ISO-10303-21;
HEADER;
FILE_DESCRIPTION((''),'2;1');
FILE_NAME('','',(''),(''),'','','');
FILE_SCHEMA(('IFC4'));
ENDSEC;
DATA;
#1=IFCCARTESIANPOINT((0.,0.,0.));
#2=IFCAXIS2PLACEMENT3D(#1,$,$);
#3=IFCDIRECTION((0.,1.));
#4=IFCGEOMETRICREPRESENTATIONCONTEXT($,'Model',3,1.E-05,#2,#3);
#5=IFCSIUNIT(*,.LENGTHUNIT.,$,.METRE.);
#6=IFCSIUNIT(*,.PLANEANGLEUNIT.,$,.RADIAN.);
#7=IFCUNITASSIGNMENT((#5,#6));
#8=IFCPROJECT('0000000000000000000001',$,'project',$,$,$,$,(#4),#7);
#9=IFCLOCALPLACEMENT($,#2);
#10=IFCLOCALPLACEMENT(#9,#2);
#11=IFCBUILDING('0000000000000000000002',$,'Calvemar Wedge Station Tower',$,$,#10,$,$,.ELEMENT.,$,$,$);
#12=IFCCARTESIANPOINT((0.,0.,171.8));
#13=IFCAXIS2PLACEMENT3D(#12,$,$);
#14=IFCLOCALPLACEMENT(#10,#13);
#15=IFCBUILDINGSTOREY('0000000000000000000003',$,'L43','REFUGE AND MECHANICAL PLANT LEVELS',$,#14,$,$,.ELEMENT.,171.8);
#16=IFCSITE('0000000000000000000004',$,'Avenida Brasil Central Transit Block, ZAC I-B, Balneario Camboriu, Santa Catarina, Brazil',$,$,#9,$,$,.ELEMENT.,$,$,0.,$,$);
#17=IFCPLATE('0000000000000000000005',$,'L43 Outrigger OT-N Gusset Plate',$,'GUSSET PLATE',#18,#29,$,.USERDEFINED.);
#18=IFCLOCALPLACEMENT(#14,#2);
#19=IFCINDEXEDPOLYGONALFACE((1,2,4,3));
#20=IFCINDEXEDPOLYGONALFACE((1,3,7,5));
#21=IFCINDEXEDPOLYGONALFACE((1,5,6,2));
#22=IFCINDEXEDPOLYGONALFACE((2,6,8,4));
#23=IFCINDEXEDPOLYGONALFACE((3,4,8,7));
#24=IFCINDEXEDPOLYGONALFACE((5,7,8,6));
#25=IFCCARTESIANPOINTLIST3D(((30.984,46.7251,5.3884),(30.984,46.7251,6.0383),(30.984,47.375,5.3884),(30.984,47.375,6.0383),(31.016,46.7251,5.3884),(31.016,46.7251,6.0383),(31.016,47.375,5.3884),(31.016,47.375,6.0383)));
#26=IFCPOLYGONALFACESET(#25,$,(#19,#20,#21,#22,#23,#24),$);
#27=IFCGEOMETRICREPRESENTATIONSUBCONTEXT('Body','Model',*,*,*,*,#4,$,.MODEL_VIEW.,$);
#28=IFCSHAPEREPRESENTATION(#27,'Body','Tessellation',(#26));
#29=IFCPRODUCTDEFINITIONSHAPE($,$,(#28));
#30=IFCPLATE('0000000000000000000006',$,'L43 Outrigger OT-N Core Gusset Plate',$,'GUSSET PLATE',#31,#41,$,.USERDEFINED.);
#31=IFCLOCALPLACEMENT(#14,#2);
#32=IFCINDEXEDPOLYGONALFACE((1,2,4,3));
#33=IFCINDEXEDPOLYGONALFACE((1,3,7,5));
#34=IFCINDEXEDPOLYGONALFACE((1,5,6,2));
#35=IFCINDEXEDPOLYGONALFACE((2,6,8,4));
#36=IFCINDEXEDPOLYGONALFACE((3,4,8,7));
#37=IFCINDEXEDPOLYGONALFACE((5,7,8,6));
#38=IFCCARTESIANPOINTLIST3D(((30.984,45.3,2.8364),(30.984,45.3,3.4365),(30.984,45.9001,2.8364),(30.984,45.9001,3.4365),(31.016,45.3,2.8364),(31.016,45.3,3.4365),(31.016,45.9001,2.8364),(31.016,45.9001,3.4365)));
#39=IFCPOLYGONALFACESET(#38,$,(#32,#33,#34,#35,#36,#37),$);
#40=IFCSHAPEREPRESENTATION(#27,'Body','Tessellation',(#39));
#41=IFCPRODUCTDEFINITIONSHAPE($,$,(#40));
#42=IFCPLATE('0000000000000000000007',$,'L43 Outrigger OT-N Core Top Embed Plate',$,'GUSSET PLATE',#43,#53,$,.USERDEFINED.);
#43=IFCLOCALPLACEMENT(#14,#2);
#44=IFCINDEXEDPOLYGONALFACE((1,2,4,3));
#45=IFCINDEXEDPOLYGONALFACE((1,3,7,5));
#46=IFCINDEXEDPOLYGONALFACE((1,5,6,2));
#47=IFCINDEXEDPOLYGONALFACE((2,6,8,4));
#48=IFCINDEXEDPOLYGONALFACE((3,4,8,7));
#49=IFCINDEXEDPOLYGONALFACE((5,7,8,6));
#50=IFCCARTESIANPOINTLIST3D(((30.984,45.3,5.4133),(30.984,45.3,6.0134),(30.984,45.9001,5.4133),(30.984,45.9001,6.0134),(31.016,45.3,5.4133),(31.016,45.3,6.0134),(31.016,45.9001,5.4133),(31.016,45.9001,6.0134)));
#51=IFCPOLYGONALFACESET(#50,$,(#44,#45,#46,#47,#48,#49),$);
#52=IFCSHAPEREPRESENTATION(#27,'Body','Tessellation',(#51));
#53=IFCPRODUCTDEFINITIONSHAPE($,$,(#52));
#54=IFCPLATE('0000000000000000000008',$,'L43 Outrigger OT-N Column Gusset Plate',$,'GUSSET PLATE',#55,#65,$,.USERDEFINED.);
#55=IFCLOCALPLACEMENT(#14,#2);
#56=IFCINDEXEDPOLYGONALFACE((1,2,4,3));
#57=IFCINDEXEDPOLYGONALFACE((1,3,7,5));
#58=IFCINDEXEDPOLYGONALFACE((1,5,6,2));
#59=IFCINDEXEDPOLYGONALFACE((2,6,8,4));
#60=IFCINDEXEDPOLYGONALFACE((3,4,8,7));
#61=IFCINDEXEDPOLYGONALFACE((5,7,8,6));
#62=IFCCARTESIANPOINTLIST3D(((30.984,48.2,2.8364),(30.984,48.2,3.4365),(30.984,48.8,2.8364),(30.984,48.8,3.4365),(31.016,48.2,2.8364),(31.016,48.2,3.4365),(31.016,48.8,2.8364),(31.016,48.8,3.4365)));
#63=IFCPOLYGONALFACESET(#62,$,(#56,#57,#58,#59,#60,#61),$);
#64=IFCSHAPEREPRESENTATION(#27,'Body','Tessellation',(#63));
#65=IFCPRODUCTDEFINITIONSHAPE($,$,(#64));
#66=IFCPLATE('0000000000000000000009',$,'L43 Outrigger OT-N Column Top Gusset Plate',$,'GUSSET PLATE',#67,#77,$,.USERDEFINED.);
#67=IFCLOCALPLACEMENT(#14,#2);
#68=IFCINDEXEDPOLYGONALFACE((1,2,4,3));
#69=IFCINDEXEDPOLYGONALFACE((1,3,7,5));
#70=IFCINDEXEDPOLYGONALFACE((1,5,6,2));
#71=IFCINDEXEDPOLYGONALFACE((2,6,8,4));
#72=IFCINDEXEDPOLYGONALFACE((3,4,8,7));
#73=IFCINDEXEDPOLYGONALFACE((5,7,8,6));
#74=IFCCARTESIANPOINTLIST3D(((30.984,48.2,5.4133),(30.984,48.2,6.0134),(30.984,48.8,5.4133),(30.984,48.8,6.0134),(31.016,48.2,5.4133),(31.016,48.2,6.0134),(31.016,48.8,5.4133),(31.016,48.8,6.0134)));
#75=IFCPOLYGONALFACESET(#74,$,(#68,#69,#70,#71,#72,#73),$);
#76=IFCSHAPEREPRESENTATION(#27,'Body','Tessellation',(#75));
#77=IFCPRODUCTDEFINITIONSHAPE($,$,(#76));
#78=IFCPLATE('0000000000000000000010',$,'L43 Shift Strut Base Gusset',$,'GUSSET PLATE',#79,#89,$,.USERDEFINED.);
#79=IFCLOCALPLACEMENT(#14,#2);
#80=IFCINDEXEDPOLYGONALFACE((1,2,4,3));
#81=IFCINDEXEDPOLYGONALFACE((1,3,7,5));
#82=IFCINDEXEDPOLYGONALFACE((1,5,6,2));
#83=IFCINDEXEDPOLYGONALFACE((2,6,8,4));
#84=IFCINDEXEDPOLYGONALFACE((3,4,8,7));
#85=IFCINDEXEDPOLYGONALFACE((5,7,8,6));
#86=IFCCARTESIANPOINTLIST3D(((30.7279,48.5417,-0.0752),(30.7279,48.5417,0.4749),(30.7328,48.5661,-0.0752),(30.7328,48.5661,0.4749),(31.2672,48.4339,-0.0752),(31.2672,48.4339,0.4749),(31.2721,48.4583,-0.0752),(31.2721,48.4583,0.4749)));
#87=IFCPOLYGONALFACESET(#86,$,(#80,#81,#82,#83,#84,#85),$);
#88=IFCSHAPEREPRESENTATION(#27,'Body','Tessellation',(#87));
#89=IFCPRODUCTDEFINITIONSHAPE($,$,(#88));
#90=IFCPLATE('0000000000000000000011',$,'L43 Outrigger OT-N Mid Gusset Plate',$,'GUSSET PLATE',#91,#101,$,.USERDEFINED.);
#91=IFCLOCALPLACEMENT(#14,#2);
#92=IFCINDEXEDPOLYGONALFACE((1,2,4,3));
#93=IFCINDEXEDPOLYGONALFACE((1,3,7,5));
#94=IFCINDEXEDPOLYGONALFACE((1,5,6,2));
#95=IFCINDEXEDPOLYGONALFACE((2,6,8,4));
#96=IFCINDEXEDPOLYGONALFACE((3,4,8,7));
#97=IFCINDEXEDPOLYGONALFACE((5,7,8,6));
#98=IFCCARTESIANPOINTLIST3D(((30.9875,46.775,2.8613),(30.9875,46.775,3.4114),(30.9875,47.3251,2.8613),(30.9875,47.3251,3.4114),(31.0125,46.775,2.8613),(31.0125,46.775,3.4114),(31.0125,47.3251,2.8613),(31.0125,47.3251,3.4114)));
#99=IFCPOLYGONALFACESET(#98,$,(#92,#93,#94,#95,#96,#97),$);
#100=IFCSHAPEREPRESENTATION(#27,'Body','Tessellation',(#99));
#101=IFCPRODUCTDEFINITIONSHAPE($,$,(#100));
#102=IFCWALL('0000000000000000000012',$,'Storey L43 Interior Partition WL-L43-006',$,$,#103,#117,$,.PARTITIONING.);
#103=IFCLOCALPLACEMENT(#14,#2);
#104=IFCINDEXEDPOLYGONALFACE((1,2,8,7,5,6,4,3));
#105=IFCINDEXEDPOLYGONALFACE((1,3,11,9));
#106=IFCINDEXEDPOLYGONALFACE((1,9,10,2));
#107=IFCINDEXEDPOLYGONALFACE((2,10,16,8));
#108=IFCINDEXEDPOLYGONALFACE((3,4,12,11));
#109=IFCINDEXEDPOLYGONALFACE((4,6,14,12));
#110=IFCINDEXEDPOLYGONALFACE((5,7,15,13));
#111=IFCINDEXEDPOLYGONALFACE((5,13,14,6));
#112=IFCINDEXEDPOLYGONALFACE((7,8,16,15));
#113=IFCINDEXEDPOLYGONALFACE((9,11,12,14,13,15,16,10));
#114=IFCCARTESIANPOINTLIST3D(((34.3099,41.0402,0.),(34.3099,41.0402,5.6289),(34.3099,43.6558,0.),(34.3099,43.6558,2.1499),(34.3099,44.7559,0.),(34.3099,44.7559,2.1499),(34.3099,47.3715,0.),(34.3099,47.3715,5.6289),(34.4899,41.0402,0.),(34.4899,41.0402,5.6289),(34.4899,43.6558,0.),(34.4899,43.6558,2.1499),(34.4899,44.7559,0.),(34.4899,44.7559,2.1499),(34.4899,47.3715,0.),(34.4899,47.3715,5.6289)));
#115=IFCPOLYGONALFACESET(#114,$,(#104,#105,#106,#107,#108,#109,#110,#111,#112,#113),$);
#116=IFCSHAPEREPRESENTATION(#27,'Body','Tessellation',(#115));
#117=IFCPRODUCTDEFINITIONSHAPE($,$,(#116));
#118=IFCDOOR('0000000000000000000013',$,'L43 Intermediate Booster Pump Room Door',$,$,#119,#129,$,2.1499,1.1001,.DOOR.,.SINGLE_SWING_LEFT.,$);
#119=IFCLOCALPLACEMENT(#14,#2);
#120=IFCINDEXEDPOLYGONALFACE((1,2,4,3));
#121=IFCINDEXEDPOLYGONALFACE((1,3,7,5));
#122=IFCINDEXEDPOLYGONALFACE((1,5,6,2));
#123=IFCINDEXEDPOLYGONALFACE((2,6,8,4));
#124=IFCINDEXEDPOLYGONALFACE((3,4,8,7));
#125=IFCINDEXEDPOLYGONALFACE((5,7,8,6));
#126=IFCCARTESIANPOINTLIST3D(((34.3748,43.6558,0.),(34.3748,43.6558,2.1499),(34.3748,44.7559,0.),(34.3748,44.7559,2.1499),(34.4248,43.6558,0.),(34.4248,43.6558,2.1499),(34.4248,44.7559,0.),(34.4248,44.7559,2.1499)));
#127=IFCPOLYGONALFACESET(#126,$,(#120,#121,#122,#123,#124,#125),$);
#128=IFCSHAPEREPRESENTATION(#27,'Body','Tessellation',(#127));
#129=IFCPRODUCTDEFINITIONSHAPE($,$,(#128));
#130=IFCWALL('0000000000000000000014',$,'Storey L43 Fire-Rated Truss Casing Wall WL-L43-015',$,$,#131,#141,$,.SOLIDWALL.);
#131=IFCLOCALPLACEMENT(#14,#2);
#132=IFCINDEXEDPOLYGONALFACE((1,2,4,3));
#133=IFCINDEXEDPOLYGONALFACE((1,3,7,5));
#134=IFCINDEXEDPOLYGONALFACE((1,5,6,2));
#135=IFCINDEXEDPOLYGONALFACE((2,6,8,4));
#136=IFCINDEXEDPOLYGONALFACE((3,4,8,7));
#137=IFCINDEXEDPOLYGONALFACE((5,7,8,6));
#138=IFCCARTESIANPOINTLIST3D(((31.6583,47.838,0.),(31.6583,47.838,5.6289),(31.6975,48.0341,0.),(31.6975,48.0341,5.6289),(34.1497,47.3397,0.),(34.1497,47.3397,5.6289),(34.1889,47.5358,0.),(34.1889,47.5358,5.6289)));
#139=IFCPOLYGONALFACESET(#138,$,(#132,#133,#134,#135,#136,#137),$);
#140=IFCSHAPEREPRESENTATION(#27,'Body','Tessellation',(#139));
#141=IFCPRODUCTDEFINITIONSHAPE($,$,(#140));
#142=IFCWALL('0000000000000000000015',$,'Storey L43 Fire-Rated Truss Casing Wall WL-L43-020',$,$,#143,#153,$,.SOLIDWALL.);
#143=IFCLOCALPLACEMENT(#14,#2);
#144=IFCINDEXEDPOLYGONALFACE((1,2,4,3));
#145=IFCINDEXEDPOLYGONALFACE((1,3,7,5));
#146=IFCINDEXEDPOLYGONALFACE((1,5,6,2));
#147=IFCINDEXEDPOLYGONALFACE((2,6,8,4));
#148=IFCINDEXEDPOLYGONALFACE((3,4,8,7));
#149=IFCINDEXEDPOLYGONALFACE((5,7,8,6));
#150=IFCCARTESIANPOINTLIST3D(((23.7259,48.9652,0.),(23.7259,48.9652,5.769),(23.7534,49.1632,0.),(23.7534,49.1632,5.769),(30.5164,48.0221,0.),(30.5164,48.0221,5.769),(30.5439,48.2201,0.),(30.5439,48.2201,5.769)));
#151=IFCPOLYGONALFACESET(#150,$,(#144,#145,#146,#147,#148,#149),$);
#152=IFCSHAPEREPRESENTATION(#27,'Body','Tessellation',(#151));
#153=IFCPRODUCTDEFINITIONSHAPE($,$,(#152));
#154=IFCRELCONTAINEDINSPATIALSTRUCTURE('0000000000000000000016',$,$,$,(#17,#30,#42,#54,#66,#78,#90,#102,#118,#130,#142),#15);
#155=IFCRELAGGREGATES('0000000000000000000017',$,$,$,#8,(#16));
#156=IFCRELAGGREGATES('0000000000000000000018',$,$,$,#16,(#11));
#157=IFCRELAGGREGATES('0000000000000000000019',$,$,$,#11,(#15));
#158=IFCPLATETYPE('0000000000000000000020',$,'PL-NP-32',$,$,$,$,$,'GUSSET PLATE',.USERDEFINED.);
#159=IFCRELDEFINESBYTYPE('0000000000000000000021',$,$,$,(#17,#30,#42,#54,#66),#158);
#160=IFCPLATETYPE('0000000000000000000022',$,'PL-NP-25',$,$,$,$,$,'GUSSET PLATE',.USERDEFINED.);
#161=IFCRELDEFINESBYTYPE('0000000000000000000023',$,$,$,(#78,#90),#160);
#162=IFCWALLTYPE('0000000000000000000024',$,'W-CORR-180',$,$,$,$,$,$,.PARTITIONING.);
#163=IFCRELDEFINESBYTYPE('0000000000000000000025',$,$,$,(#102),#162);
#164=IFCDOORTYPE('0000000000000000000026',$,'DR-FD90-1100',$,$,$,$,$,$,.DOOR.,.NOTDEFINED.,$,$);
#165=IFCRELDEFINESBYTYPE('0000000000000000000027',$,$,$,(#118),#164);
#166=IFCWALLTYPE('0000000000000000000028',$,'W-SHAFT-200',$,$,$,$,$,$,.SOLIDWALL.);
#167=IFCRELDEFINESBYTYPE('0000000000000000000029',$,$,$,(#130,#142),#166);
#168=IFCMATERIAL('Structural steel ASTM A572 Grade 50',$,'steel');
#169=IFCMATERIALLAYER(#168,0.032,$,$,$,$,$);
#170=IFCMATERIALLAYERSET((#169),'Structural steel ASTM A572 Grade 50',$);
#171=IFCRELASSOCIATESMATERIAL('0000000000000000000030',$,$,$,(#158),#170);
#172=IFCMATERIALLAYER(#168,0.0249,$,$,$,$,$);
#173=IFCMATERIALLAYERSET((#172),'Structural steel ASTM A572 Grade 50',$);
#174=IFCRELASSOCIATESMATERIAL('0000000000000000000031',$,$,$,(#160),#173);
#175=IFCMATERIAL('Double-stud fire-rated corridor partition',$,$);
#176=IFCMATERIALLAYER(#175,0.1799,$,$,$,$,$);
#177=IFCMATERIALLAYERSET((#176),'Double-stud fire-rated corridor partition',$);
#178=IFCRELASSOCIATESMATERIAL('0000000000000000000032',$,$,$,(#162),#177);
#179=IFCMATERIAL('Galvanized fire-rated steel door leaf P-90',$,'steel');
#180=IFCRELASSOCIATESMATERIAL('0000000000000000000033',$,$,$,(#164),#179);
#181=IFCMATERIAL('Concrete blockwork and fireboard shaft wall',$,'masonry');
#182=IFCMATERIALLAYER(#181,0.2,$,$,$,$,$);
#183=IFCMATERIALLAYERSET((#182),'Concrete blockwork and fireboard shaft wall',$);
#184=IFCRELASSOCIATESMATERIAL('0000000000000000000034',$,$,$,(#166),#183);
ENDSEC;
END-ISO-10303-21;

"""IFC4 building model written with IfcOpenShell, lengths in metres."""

from ifc_helpers import new_model, si_unit, direction, frame, frame_2d, origin, origin_2d, place, context, subcontext, project, spatial, rectangle, extrude, source, transform, mapped, material, layer, layer_set, type_object, element, fill, save


model = new_model("IFC4")

# Units and contexts
model_context = context("Model", 3, precision=1e-05, world=origin(), true_north=direction((0.0, 1.0)))
body_context = subcontext(model_context, "Body", "Model", "MODEL_VIEW")
ifc_project = project(units=[si_unit("LENGTHUNIT", "METRE"), si_unit("PLANEANGLEUNIT", "RADIAN")], contexts=[model_context])

# Site, building, storey
site_placement = place(None, origin())
site = spatial("IfcSite", under=ifc_project, at=site_placement, Name="Avenida Brasil Central Transit Block, ZAC I-B, Balneario Camboriu, Santa Catarina, Brazil", CompositionType="ELEMENT", RefElevation=0.0)
building_placement = place(site_placement, origin())
building = spatial("IfcBuilding", under=site, at=building_placement, Name="Calvemar Wedge Station Tower", CompositionType="ELEMENT")
storey_placement = place(building_placement, frame((0.0, 0.0, 171.8)))
storey = spatial("IfcBuildingStorey", under=building, at=storey_placement, Name="L43", Description="REFUGE AND MECHANICAL PLANT LEVELS", CompositionType="ELEMENT", Elevation=171.8)

# Shared definitions
ifc_material_1 = material(Name="Structural steel ASTM A572 Grade 50", Category="steel")

# Plates
ifc_layer_1 = layer(ifc_material_1, 0.032)
ifc_layer_set_1 = layer_set([ifc_layer_1], Name="Structural steel ASTM A572 Grade 50")
plate_type_1 = type_object("IfcPlateType", Name="PL-NP-32", ElementType="GUSSET PLATE", PredefinedType="USERDEFINED", material=ifc_layer_set_1)
shared_shape_1 = source(origin(), body_context, "Body", "SweptSolid", [
    extrude(rectangle(XDim=0.6499, YDim=0.032, at=origin_2d()), origin(), (0.0, 0.0, 1.0), 0.6499),
])
plate_placement = place(storey_placement, frame((31.0, 47.05, 5.3884), z_axis=(0.0, 0.0, 1.0), x_axis=(0.0, 1.0, 0.0)))
element("IfcPlate", 1, at=plate_placement, inside=storey, type_object=plate_type_1, Name="L43 Outrigger OT-N Gusset Plate", ObjectType="GUSSET PLATE", PredefinedType="USERDEFINED", context=body_context, shape_type="MappedRepresentation", body=[
    mapped(shared_shape_1, transform((0.0, 0.0, 0.0), scale=1.0)),
])
shared_shape_2 = source(origin(), body_context, "Body", "SweptSolid", [
    extrude(rectangle(XDim=0.6001, YDim=0.032, at=origin_2d()), origin(), (0.0, 0.0, 1.0), 0.6001),
])
for number, where, z_axis, x_axis, name in (
    (2, (31.0, 45.6001, 2.8364), (0.0, 0.0, 1.0), (0.0, 1.0, 0.0), "L43 Outrigger OT-N Core Gusset Plate"),
    (3, (31.0, 45.6001, 5.4133), (0.0, 0.0, 1.0), (0.0, 1.0, 0.0), "L43 Outrigger OT-N Core Top Embed Plate"),
    (4, (31.0, 48.5, 2.8364), (0.0, 0.0, 1.0), (0.0, 1.0, 0.0), "L43 Outrigger OT-N Column Gusset Plate"),
    (5, (31.0, 48.5, 5.4133), (0.0, 0.0, 1.0), (0.0, 1.0, 0.0), "L43 Outrigger OT-N Column Top Gusset Plate"),
):
    element("IfcPlate", number, at=place(storey_placement, frame(where, z_axis=z_axis, x_axis=x_axis)), inside=storey, type_object=plate_type_1, Name=name, ObjectType="GUSSET PLATE", PredefinedType="USERDEFINED", context=body_context, shape_type="MappedRepresentation", body=[
        mapped(shared_shape_2, transform((0.0, 0.0, 0.0), scale=1.0)),
    ])
ifc_layer_2 = layer(ifc_material_1, 0.0249)
ifc_layer_set_2 = layer_set([ifc_layer_2], Name="Structural steel ASTM A572 Grade 50")
plate_type_2 = type_object("IfcPlateType", Name="PL-NP-25", ElementType="GUSSET PLATE", PredefinedType="USERDEFINED", material=ifc_layer_set_2)
shared_shape_3 = source(origin(), body_context, "Body", "SweptSolid", [
    extrude(rectangle(XDim=0.55, YDim=0.0249, at=origin_2d()), origin(), (0.0, 0.0, 1.0), 0.55),
])
for number, where, z_axis, x_axis, name in (
    (6, (31.0, 48.5, -0.0752), (0.0, 0.0, 1.0), (0.98058, -0.196117, 0.0), "L43 Shift Strut Base Gusset"),
    (7, (31.0, 47.05, 2.8613), (0.0, 0.0, 1.0), (0.0, 1.0, 0.0), "L43 Outrigger OT-N Mid Gusset Plate"),
):
    element("IfcPlate", number, at=place(storey_placement, frame(where, z_axis=z_axis, x_axis=x_axis)), inside=storey, type_object=plate_type_2, Name=name, ObjectType="GUSSET PLATE", PredefinedType="USERDEFINED", context=body_context, shape_type="MappedRepresentation", body=[
        mapped(shared_shape_3, transform((0.0, 0.0, 0.0), scale=1.0)),
    ])

# Wall, opening, door
ifc_material_2 = material(Name="Double-stud fire-rated corridor partition")
ifc_layer_3 = layer(ifc_material_2, 0.1799)
ifc_layer_set_3 = layer_set([ifc_layer_3], Name="Double-stud fire-rated corridor partition")
wall_type_1 = type_object("IfcWallType", Name="W-CORR-180", PredefinedType="PARTITIONING", material=ifc_layer_set_3)
wall_1_placement = place(storey_placement, frame((34.3999, 47.3713, 0.0), z_axis=(0.0, 0.0, 1.0), x_axis=(0.0, -1.0, 0.0)))
wall_1 = element("IfcWall", 8, at=wall_1_placement, inside=storey, type_object=wall_type_1, Name="Storey L43 Interior Partition WL-L43-006", PredefinedType="PARTITIONING", context=body_context, shape_type="SweptSolid", body=[
    extrude(rectangle(XDim=6.3313, YDim=0.1799, at=frame_2d((3.1655, 0.0))), origin(), (0.0, 0.0, 1.0), 5.6289),
])
shared_shape_4 = source(origin(), body_context, "Body", "SweptSolid", [
    extrude(rectangle(XDim=1.1001, YDim=2.1499, at=frame_2d((0.55, 1.075))), frame((0.0, 0.1001, 0.0), z_axis=(0.0, -1.0, 0.0), x_axis=(1.0, 0.0, 0.0)), (0.0, 0.0, 1.0), 0.2),
])
opening_placement = place(wall_1_placement, frame((2.6155, 0.0, 0.0)))
opening = element("IfcOpeningElement", 9, at=opening_placement, cuts=wall_1, PredefinedType="OPENING", context=body_context, shape_type="MappedRepresentation", body=[
    mapped(shared_shape_4, transform((0.0, 0.0, 0.0), scale=1.0)),
])
ifc_material_3 = material(Name="Galvanized fire-rated steel door leaf P-90", Category="steel")
door_type = type_object("IfcDoorType", Name="DR-FD90-1100", OperationType="NOTDEFINED", PredefinedType="DOOR", material=ifc_material_3)
shared_shape_5 = source(origin(), body_context, "Body", "SweptSolid", [
    extrude(rectangle(XDim=1.1001, YDim=2.1499, at=frame_2d((0.55, 1.075))), frame((0.0, 0.0249, 0.0), z_axis=(0.0, -1.0, 0.0), x_axis=(1.0, 0.0, 0.0)), (0.0, 0.0, 1.0), 0.05),
])
door_placement = place(opening_placement, origin())
door = element("IfcDoor", 10, at=door_placement, inside=storey, type_object=door_type, Name="L43 Intermediate Booster Pump Room Door", OperationType="SINGLE_SWING_LEFT", OverallHeight=2.1499, OverallWidth=1.1001, PredefinedType="DOOR", context=body_context, shape_type="MappedRepresentation", body=[
    mapped(shared_shape_5, transform((0.0, 0.0, 0.0), scale=1.0)),
])
fill(opening, door)

# Walls
ifc_material_4 = material(Name="Concrete blockwork and fireboard shaft wall", Category="masonry")
ifc_layer_4 = layer(ifc_material_4, 0.2)
ifc_layer_set_4 = layer_set([ifc_layer_4], Name="Concrete blockwork and fireboard shaft wall")
wall_type_2 = type_object("IfcWallType", Name="W-SHAFT-200", PredefinedType="SOLIDWALL", material=ifc_layer_set_4)
wall_2_placement = place(storey_placement, frame((34.1694, 47.4377, 0.0), z_axis=(0.0, 0.0, 1.0), x_axis=(-0.980581, 0.196116, 0.0)))
element("IfcWall", 11, at=wall_2_placement, inside=storey, type_object=wall_type_2, Name="Storey L43 Fire-Rated Truss Casing Wall WL-L43-015", PredefinedType="SOLIDWALL", context=body_context, shape_type="SweptSolid", body=[
    extrude(rectangle(XDim=2.5408, YDim=0.2, at=frame_2d((1.2705, 0.0))), origin(), (0.0, 0.0, 1.0), 5.6289),
])
wall_3_placement = place(storey_placement, frame((30.53, 48.1211, 0.0), z_axis=(0.0, 0.0, 1.0), x_axis=(-0.990493, 0.137566, 0.0)))
element("IfcWall", 12, at=wall_3_placement, inside=storey, type_object=wall_type_2, Name="Storey L43 Fire-Rated Truss Casing Wall WL-L43-020", PredefinedType="SOLIDWALL", context=body_context, shape_type="SweptSolid", body=[
    extrude(rectangle(XDim=6.8557, YDim=0.2, at=frame_2d((3.4277, 0.0))), origin(), (0.0, 0.0, 1.0), 5.769),
])

save(model, "model.ifc")
